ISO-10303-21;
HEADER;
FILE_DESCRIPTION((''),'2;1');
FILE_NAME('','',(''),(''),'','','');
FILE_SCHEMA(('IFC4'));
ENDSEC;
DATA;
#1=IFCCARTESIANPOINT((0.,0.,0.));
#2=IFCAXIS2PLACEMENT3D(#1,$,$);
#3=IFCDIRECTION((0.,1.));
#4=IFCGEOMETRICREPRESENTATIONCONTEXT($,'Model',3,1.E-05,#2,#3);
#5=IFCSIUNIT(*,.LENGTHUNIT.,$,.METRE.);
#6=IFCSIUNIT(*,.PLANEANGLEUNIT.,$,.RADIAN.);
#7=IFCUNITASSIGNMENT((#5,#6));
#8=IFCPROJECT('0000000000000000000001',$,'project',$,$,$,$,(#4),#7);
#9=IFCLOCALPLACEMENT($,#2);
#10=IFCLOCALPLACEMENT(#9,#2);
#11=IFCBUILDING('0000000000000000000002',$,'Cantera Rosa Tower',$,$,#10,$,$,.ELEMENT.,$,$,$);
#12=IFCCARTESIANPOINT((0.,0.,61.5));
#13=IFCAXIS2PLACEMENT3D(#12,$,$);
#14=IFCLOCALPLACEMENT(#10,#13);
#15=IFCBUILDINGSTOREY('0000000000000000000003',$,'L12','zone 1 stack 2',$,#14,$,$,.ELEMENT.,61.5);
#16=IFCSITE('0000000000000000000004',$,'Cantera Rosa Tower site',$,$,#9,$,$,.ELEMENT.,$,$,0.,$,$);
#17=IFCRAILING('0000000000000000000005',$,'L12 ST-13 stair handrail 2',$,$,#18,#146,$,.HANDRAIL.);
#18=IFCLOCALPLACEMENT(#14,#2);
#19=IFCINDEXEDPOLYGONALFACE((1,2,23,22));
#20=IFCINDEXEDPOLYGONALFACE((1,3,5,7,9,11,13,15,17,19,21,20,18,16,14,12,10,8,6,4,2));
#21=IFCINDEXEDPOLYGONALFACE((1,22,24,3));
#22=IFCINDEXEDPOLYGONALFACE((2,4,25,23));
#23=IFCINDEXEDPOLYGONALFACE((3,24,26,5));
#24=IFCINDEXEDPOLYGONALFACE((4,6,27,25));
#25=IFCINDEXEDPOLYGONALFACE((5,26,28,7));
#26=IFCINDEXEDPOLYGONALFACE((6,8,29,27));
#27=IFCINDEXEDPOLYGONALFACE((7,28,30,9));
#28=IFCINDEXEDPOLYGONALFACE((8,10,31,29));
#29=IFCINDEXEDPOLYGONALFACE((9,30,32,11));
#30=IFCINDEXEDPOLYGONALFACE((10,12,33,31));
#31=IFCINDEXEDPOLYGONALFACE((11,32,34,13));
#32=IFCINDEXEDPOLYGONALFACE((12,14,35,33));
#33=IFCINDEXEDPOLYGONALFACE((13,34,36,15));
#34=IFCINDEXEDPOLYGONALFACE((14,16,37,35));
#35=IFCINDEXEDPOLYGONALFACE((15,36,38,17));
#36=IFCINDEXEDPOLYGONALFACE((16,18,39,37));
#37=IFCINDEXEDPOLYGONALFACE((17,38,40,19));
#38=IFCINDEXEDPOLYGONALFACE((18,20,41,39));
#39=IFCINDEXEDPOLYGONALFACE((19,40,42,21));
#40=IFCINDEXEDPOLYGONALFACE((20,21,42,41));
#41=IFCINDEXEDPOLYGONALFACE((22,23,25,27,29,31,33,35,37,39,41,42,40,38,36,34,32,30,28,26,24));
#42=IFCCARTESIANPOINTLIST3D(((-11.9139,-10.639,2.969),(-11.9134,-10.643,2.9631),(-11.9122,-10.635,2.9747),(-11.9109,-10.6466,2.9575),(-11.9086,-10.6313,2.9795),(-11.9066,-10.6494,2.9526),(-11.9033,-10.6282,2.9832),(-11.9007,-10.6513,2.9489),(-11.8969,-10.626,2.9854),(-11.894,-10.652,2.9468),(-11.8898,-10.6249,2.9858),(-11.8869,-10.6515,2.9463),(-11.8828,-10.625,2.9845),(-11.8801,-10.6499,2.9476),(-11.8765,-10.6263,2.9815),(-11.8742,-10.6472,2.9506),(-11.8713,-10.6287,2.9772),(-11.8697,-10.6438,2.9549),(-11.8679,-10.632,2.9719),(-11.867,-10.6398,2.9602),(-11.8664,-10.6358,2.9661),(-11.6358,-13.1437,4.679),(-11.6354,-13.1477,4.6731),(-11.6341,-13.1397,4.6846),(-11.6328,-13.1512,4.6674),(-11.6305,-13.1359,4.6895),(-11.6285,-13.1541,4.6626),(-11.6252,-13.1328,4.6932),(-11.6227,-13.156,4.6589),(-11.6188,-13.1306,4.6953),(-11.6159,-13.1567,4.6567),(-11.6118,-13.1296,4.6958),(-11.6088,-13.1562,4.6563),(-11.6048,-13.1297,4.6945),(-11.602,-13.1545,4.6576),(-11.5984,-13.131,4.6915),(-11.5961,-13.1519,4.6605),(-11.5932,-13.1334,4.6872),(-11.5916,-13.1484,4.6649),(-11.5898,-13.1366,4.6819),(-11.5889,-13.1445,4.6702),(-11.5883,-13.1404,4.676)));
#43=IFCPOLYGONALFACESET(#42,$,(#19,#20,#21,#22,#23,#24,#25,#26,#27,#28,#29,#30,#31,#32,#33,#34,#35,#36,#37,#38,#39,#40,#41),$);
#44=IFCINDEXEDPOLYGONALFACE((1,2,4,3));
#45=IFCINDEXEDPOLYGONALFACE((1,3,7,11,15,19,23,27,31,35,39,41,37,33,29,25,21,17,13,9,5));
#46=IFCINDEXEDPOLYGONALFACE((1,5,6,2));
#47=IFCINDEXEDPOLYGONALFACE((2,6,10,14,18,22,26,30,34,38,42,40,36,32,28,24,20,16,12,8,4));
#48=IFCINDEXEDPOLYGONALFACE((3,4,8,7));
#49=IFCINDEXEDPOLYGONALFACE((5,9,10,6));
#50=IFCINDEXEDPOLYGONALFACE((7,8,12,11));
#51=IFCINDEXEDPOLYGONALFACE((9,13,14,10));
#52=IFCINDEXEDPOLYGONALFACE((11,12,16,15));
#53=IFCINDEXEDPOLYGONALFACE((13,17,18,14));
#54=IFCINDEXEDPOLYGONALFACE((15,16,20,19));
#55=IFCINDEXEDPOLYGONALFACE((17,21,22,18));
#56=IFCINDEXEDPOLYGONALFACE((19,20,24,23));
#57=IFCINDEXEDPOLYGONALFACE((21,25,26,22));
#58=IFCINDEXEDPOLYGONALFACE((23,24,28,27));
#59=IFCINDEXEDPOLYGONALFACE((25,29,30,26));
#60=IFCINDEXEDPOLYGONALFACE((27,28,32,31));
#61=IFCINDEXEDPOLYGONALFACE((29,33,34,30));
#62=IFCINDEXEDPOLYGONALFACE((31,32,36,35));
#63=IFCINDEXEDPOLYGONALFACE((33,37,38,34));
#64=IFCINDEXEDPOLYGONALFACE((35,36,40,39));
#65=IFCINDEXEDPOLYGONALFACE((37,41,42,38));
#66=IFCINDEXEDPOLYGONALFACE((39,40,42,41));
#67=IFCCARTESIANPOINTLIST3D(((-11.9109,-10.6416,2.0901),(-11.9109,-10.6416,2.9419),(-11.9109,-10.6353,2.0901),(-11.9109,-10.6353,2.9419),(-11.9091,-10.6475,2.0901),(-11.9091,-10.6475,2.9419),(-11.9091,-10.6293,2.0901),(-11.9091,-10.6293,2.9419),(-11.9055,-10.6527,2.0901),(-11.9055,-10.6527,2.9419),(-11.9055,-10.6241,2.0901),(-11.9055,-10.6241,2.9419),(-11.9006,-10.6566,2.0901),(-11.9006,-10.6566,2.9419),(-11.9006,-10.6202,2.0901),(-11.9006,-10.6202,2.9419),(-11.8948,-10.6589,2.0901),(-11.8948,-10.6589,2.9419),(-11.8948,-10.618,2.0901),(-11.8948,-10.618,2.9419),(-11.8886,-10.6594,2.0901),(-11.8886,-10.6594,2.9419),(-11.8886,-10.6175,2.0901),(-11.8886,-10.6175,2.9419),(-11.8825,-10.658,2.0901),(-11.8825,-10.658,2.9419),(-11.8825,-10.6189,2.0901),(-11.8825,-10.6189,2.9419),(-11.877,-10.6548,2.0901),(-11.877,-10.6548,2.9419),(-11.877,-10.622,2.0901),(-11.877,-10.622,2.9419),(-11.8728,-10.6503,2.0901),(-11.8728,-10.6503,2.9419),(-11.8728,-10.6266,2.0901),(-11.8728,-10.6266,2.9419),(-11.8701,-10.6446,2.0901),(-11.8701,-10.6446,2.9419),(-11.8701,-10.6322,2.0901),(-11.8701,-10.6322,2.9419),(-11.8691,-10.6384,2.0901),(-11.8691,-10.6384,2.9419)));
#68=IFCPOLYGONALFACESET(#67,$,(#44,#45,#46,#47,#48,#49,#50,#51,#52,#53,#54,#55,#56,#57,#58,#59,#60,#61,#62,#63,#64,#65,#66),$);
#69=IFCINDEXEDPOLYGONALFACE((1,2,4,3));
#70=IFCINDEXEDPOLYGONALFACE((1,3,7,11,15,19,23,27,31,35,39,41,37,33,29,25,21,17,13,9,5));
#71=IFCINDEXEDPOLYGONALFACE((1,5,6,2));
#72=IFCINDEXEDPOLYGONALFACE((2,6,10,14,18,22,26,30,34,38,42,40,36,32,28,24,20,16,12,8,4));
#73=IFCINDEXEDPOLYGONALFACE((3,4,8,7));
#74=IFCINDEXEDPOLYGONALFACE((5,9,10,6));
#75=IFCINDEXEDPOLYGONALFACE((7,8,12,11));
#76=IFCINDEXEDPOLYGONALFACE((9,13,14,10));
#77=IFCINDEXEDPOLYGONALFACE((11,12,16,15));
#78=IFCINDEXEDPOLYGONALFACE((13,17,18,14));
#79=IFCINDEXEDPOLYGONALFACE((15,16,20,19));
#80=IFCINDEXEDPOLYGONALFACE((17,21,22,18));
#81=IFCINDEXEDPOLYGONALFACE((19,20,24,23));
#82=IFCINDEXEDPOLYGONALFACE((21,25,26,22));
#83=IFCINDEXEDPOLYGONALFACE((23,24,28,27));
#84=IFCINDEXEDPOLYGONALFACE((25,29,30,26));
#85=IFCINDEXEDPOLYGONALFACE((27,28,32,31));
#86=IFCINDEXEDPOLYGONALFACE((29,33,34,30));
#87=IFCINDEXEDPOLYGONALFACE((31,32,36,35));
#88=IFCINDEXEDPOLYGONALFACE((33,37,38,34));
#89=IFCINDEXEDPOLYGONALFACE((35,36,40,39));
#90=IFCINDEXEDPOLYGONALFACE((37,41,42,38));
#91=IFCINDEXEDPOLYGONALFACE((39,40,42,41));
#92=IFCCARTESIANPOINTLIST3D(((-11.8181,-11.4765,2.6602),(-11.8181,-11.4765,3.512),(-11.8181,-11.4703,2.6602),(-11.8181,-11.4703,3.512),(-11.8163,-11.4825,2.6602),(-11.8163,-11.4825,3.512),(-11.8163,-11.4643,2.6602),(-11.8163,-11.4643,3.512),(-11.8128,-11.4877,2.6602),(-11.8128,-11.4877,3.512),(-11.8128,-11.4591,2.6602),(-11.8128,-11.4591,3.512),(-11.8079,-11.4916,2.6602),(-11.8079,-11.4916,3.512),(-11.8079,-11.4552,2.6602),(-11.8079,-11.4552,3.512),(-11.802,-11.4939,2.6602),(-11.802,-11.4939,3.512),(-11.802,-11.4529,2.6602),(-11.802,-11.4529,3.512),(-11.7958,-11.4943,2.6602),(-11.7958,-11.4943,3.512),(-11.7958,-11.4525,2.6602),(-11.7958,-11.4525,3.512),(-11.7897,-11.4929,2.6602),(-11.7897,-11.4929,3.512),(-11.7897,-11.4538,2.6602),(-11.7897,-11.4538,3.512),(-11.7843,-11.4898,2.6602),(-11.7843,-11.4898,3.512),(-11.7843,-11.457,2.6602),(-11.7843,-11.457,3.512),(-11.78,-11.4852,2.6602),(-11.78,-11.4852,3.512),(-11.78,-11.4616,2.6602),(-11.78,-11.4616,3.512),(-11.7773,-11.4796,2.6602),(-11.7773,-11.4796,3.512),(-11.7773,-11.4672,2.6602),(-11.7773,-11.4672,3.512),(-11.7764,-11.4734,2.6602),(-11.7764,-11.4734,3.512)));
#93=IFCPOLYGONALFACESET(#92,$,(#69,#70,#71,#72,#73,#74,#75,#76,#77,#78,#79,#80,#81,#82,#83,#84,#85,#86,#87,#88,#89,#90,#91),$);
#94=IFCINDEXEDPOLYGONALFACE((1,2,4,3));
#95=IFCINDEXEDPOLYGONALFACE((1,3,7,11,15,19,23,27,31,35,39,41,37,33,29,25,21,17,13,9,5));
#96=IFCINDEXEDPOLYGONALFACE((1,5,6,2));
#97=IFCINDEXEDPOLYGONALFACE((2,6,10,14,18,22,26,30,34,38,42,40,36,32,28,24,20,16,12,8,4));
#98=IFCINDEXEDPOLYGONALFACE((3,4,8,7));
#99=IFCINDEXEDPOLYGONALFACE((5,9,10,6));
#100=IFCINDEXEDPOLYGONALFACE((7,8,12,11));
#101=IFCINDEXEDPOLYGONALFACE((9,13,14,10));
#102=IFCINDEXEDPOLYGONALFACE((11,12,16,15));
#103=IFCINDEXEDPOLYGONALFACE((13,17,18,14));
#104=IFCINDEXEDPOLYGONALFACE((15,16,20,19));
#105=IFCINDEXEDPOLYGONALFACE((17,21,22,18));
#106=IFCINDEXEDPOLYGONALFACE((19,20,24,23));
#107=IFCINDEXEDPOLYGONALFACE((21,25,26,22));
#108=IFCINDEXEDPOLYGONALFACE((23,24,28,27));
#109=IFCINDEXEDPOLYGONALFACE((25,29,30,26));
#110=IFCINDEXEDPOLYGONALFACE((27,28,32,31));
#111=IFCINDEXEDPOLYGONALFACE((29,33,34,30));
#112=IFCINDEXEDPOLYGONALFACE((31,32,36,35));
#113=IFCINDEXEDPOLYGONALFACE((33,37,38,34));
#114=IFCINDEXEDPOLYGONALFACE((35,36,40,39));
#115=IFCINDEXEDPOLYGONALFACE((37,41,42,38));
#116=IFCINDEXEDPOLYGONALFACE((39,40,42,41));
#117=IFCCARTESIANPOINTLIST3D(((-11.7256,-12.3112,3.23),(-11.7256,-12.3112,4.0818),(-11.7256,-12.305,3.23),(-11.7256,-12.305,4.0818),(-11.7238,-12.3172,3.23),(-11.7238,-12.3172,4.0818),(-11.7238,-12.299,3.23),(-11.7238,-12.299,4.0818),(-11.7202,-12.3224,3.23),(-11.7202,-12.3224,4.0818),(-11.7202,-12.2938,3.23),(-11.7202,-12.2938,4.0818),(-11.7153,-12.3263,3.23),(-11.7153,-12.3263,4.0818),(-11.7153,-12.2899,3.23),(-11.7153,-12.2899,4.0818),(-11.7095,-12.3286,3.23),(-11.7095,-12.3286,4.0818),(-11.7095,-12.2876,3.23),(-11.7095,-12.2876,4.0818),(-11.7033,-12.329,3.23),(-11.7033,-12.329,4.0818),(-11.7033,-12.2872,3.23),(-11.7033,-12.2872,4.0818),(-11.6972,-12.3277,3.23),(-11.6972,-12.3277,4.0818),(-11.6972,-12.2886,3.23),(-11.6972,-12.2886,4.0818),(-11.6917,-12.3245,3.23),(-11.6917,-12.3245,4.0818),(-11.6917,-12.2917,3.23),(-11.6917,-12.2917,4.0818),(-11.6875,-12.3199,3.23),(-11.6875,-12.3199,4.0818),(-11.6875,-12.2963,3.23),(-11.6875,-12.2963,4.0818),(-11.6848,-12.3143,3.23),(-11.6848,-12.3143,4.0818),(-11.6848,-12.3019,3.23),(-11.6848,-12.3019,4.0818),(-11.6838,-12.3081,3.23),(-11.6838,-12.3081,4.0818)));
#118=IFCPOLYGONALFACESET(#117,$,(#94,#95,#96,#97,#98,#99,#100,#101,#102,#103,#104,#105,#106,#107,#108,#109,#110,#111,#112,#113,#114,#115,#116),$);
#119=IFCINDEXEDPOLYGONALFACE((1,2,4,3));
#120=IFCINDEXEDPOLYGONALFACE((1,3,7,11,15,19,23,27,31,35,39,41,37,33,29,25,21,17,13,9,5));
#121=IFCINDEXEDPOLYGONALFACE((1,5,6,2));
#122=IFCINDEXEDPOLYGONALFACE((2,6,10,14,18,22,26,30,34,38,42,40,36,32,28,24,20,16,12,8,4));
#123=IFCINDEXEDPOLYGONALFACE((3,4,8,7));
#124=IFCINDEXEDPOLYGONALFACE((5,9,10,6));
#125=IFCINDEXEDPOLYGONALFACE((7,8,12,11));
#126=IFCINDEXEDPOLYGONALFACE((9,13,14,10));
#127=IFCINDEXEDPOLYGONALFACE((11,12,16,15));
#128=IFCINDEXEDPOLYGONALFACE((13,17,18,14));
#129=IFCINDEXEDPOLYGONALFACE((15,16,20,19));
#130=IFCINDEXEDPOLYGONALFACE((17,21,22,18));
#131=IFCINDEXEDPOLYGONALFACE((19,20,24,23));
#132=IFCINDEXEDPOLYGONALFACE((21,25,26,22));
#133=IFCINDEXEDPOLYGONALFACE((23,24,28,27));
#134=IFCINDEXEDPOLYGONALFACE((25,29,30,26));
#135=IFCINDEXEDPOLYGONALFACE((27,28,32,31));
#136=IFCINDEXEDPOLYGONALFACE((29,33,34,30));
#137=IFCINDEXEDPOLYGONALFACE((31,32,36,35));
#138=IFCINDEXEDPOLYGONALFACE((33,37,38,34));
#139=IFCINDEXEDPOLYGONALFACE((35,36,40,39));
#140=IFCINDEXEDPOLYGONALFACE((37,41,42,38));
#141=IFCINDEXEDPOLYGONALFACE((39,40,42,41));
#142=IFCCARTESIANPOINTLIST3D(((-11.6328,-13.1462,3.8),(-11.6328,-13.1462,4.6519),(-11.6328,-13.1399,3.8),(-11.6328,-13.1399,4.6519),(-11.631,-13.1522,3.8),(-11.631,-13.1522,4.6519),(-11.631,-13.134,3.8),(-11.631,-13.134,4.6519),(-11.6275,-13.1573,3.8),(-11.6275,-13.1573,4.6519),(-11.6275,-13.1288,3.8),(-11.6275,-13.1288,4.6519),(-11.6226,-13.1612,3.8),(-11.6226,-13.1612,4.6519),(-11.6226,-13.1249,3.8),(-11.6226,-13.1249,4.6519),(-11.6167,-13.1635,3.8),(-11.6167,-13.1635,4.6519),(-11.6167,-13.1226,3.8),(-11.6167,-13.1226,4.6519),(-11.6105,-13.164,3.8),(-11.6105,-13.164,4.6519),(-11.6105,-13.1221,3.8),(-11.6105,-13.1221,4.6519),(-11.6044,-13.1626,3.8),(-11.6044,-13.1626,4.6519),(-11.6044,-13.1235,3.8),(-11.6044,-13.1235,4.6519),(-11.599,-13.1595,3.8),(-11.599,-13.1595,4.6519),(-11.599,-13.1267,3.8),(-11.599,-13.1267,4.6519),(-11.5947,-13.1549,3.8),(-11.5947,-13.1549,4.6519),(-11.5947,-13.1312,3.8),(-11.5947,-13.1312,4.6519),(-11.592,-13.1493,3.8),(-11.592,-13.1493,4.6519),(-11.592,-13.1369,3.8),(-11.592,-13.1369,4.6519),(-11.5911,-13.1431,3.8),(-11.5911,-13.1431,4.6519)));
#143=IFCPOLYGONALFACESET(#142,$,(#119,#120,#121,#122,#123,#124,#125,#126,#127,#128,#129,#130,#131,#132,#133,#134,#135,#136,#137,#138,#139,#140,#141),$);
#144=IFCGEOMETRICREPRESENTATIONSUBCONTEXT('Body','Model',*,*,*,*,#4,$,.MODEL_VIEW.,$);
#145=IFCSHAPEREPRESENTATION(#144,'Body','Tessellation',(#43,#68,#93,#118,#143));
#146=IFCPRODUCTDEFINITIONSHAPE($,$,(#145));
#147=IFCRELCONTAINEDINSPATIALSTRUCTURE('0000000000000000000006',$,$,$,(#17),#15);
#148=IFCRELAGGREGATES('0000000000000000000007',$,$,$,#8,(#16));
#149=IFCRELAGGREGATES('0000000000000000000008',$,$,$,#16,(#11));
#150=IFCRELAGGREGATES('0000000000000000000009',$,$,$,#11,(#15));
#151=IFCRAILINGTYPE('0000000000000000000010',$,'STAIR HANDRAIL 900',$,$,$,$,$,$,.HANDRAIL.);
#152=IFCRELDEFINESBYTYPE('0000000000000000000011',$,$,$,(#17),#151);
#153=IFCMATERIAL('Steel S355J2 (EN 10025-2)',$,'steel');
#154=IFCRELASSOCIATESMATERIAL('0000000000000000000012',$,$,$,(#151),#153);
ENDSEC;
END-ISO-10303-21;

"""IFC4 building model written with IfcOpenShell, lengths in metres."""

from ifc_helpers import new_model, si_unit, direction, frame, origin, origin_2d, place, context, subcontext, project, spatial, circle, extrude, material, type_object, element, save


model = new_model("IFC4")

# Units and contexts
model_context = context("Model", 3, precision=1e-05, world=origin(), true_north=direction((0.0, 1.0)))
body_context = subcontext(model_context, "Body", "Model", "MODEL_VIEW")
ifc_project = project(units=[si_unit("LENGTHUNIT", "METRE"), si_unit("PLANEANGLEUNIT", "RADIAN")], contexts=[model_context])

# Site, building, storey
site_placement = place(None, origin())
site = spatial("IfcSite", under=ifc_project, at=site_placement, Name="Cantera Rosa Tower site", CompositionType="ELEMENT", RefElevation=0.0)
building_placement = place(site_placement, origin())
building = spatial("IfcBuilding", under=site, at=building_placement, Name="Cantera Rosa Tower", CompositionType="ELEMENT")
storey_placement = place(building_placement, frame((0.0, 0.0, 61.5)))
storey = spatial("IfcBuildingStorey", under=building, at=storey_placement, Name="L12", Description="zone 1 stack 2", CompositionType="ELEMENT", Elevation=61.5)

# Railing
ifc_material_1 = material(Name="Steel S355J2 (EN 10025-2)", Category="steel")
railing_type_1 = type_object("IfcRailingType", Name="STAIR HANDRAIL 900", PredefinedType="HANDRAIL", material=ifc_material_1)
railing_1_placement = place(storey_placement, frame((-11.8901, -10.6384, 2.0901)))
element("IfcRailing", 1, at=railing_1_placement, inside=storey, type_object=railing_type_1, Name="L12 ST-13 stair handrail 2", PredefinedType="HANDRAIL", context=body_context, shape_type="SweptSolid", body=[
    extrude(circle(Radius=0.0239, at=origin_2d()), frame((0.0, 0.0, 0.876), z_axis=(0.09131, -0.822431, 0.561488), x_axis=(0.993893, 0.110346, 0.0)), (0.0, 0.0, 1.0), 3.0454),
    extrude(circle(Radius=0.021, at=origin_2d()), origin(), (0.0, 0.0, 1.0), 0.8518),
    extrude(circle(Radius=0.021, at=origin_2d()), frame((0.0928, -0.835, 0.5701)), (0.0, 0.0, 1.0), 0.8518),
    extrude(circle(Radius=0.021, at=origin_2d()), frame((0.1853, -1.6697, 1.1399)), (0.0, 0.0, 1.0), 0.8518),
    extrude(circle(Radius=0.021, at=origin_2d()), frame((0.2781, -2.5046, 1.71)), (0.0, 0.0, 1.0), 0.8518),
])

save(model, "model.ifc")
